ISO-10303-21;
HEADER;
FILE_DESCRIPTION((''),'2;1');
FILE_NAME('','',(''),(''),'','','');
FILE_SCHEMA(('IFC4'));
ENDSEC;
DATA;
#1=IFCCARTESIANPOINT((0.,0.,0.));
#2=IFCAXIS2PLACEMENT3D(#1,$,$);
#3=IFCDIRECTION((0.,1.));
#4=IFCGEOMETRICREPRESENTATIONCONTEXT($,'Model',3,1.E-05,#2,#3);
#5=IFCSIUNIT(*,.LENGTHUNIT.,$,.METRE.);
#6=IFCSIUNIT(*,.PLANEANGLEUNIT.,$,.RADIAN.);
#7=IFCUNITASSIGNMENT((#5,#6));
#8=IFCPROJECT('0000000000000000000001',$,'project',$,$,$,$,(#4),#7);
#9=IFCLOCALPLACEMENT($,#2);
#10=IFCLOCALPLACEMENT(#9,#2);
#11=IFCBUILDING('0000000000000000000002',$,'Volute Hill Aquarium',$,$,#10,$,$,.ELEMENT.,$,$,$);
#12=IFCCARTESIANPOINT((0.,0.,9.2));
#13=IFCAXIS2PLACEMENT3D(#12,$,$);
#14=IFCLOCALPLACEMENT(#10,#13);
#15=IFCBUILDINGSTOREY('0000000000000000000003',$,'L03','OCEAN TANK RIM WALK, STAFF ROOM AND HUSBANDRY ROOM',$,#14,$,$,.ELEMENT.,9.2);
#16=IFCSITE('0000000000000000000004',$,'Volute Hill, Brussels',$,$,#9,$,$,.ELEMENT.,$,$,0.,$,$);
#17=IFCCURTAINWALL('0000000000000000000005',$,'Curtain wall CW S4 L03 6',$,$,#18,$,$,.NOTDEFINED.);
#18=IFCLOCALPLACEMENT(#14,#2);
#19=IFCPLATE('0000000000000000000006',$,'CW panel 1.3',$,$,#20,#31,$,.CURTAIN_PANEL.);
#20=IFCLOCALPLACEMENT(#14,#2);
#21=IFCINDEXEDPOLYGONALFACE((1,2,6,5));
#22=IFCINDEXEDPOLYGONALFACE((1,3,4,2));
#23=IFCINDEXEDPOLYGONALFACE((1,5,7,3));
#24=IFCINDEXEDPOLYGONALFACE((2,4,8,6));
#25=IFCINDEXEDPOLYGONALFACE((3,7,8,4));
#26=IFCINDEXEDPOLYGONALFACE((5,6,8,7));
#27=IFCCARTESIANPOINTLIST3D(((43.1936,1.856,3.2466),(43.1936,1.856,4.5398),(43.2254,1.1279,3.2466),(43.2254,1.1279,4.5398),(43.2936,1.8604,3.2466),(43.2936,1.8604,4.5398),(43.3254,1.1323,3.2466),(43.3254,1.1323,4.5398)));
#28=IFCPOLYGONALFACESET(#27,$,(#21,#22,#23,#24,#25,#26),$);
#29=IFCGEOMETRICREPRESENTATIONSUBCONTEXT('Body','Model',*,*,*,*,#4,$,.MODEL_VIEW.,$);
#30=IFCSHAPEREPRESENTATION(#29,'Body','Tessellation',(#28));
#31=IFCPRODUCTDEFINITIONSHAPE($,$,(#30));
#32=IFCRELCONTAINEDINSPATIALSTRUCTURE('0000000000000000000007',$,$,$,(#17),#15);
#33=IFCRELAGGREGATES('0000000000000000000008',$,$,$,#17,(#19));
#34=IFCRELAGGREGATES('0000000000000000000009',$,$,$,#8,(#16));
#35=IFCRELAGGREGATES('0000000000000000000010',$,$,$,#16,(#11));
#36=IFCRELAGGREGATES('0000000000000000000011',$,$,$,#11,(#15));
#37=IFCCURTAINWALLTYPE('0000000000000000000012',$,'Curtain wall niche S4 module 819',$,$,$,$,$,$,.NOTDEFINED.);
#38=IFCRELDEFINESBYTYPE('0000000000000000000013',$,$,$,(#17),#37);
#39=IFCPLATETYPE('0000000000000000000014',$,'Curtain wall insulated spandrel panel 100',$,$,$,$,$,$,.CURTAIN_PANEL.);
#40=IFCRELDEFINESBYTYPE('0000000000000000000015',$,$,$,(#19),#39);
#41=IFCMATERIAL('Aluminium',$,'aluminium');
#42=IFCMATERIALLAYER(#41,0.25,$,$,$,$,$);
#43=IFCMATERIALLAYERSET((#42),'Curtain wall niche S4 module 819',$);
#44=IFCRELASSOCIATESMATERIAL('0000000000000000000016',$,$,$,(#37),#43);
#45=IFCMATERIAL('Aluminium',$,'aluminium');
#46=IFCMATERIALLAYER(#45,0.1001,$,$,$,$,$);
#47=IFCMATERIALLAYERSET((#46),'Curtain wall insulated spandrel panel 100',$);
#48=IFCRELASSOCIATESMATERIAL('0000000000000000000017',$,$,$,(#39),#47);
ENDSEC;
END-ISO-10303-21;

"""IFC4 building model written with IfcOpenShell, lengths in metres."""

from ifc_helpers import new_model, si_unit, direction, frame, origin, origin_2d, place, context, subcontext, project, spatial, rectangle, extrude, material, layer, layer_set, type_object, element, aggregate, save


model = new_model("IFC4")

# Units and contexts
model_context = context("Model", 3, precision=1e-05, world=origin(), true_north=direction((0.0, 1.0)))
body_context = subcontext(model_context, "Body", "Model", "MODEL_VIEW")
ifc_project = project(units=[si_unit("LENGTHUNIT", "METRE"), si_unit("PLANEANGLEUNIT", "RADIAN")], contexts=[model_context])

# Site, building, storey
site_placement = place(None, origin())
site = spatial("IfcSite", under=ifc_project, at=site_placement, Name="Volute Hill, Brussels", CompositionType="ELEMENT", RefElevation=0.0)
building_placement = place(site_placement, origin())
building = spatial("IfcBuilding", under=site, at=building_placement, Name="Volute Hill Aquarium", CompositionType="ELEMENT")
storey_placement = place(building_placement, frame((0.0, 0.0, 9.2)))
storey = spatial("IfcBuildingStorey", under=building, at=storey_placement, Name="L03", Description="OCEAN TANK RIM WALK, STAFF ROOM AND HUSBANDRY ROOM", CompositionType="ELEMENT", Elevation=9.2)

# Curtain wall
ifc_material_1 = material(Name="Aluminium", Category="aluminium")
ifc_layer_1 = layer(ifc_material_1, 0.25)
ifc_layer_set_1 = layer_set([ifc_layer_1], Name="Curtain wall niche S4 module 819")
curtain_wall_type = type_object("IfcCurtainWallType", Name="Curtain wall niche S4 module 819", PredefinedType="NOTDEFINED", material=ifc_layer_set_1)
curtain_wall_1_placement = place(storey_placement, origin())
curtain_wall_1 = element("IfcCurtainWall", 1, at=curtain_wall_1_placement, inside=storey, type_object=curtain_wall_type, Name="Curtain wall CW S4 L03 6", PredefinedType="NOTDEFINED")

# Plate
ifc_material_2 = material(Name="Aluminium", Category="aluminium")
ifc_layer_2 = layer(ifc_material_2, 0.1001)
ifc_layer_set_2 = layer_set([ifc_layer_2], Name="Curtain wall insulated spandrel panel 100")
plate_type_1 = type_object("IfcPlateType", Name="Curtain wall insulated spandrel panel 100", PredefinedType="CURTAIN_PANEL", material=ifc_layer_set_2)
plate_1_placement = place(storey_placement, frame((43.2595, 1.4941, 3.2466), z_axis=(0.0, 0.0, 1.0), x_axis=(-0.043623, 0.999048, 0.0)))
plate_1 = element("IfcPlate", 2, at=plate_1_placement, type_object=plate_type_1, Name="CW panel 1.3", PredefinedType="CURTAIN_PANEL", context=body_context, shape_type="SweptSolid", body=[
    extrude(rectangle(XDim=0.7288, YDim=0.1001, at=origin_2d()), origin(), (0.0, 0.0, 1.0), 1.2932),
])
aggregate(curtain_wall_1, [plate_1])

save(model, "model.ifc")
